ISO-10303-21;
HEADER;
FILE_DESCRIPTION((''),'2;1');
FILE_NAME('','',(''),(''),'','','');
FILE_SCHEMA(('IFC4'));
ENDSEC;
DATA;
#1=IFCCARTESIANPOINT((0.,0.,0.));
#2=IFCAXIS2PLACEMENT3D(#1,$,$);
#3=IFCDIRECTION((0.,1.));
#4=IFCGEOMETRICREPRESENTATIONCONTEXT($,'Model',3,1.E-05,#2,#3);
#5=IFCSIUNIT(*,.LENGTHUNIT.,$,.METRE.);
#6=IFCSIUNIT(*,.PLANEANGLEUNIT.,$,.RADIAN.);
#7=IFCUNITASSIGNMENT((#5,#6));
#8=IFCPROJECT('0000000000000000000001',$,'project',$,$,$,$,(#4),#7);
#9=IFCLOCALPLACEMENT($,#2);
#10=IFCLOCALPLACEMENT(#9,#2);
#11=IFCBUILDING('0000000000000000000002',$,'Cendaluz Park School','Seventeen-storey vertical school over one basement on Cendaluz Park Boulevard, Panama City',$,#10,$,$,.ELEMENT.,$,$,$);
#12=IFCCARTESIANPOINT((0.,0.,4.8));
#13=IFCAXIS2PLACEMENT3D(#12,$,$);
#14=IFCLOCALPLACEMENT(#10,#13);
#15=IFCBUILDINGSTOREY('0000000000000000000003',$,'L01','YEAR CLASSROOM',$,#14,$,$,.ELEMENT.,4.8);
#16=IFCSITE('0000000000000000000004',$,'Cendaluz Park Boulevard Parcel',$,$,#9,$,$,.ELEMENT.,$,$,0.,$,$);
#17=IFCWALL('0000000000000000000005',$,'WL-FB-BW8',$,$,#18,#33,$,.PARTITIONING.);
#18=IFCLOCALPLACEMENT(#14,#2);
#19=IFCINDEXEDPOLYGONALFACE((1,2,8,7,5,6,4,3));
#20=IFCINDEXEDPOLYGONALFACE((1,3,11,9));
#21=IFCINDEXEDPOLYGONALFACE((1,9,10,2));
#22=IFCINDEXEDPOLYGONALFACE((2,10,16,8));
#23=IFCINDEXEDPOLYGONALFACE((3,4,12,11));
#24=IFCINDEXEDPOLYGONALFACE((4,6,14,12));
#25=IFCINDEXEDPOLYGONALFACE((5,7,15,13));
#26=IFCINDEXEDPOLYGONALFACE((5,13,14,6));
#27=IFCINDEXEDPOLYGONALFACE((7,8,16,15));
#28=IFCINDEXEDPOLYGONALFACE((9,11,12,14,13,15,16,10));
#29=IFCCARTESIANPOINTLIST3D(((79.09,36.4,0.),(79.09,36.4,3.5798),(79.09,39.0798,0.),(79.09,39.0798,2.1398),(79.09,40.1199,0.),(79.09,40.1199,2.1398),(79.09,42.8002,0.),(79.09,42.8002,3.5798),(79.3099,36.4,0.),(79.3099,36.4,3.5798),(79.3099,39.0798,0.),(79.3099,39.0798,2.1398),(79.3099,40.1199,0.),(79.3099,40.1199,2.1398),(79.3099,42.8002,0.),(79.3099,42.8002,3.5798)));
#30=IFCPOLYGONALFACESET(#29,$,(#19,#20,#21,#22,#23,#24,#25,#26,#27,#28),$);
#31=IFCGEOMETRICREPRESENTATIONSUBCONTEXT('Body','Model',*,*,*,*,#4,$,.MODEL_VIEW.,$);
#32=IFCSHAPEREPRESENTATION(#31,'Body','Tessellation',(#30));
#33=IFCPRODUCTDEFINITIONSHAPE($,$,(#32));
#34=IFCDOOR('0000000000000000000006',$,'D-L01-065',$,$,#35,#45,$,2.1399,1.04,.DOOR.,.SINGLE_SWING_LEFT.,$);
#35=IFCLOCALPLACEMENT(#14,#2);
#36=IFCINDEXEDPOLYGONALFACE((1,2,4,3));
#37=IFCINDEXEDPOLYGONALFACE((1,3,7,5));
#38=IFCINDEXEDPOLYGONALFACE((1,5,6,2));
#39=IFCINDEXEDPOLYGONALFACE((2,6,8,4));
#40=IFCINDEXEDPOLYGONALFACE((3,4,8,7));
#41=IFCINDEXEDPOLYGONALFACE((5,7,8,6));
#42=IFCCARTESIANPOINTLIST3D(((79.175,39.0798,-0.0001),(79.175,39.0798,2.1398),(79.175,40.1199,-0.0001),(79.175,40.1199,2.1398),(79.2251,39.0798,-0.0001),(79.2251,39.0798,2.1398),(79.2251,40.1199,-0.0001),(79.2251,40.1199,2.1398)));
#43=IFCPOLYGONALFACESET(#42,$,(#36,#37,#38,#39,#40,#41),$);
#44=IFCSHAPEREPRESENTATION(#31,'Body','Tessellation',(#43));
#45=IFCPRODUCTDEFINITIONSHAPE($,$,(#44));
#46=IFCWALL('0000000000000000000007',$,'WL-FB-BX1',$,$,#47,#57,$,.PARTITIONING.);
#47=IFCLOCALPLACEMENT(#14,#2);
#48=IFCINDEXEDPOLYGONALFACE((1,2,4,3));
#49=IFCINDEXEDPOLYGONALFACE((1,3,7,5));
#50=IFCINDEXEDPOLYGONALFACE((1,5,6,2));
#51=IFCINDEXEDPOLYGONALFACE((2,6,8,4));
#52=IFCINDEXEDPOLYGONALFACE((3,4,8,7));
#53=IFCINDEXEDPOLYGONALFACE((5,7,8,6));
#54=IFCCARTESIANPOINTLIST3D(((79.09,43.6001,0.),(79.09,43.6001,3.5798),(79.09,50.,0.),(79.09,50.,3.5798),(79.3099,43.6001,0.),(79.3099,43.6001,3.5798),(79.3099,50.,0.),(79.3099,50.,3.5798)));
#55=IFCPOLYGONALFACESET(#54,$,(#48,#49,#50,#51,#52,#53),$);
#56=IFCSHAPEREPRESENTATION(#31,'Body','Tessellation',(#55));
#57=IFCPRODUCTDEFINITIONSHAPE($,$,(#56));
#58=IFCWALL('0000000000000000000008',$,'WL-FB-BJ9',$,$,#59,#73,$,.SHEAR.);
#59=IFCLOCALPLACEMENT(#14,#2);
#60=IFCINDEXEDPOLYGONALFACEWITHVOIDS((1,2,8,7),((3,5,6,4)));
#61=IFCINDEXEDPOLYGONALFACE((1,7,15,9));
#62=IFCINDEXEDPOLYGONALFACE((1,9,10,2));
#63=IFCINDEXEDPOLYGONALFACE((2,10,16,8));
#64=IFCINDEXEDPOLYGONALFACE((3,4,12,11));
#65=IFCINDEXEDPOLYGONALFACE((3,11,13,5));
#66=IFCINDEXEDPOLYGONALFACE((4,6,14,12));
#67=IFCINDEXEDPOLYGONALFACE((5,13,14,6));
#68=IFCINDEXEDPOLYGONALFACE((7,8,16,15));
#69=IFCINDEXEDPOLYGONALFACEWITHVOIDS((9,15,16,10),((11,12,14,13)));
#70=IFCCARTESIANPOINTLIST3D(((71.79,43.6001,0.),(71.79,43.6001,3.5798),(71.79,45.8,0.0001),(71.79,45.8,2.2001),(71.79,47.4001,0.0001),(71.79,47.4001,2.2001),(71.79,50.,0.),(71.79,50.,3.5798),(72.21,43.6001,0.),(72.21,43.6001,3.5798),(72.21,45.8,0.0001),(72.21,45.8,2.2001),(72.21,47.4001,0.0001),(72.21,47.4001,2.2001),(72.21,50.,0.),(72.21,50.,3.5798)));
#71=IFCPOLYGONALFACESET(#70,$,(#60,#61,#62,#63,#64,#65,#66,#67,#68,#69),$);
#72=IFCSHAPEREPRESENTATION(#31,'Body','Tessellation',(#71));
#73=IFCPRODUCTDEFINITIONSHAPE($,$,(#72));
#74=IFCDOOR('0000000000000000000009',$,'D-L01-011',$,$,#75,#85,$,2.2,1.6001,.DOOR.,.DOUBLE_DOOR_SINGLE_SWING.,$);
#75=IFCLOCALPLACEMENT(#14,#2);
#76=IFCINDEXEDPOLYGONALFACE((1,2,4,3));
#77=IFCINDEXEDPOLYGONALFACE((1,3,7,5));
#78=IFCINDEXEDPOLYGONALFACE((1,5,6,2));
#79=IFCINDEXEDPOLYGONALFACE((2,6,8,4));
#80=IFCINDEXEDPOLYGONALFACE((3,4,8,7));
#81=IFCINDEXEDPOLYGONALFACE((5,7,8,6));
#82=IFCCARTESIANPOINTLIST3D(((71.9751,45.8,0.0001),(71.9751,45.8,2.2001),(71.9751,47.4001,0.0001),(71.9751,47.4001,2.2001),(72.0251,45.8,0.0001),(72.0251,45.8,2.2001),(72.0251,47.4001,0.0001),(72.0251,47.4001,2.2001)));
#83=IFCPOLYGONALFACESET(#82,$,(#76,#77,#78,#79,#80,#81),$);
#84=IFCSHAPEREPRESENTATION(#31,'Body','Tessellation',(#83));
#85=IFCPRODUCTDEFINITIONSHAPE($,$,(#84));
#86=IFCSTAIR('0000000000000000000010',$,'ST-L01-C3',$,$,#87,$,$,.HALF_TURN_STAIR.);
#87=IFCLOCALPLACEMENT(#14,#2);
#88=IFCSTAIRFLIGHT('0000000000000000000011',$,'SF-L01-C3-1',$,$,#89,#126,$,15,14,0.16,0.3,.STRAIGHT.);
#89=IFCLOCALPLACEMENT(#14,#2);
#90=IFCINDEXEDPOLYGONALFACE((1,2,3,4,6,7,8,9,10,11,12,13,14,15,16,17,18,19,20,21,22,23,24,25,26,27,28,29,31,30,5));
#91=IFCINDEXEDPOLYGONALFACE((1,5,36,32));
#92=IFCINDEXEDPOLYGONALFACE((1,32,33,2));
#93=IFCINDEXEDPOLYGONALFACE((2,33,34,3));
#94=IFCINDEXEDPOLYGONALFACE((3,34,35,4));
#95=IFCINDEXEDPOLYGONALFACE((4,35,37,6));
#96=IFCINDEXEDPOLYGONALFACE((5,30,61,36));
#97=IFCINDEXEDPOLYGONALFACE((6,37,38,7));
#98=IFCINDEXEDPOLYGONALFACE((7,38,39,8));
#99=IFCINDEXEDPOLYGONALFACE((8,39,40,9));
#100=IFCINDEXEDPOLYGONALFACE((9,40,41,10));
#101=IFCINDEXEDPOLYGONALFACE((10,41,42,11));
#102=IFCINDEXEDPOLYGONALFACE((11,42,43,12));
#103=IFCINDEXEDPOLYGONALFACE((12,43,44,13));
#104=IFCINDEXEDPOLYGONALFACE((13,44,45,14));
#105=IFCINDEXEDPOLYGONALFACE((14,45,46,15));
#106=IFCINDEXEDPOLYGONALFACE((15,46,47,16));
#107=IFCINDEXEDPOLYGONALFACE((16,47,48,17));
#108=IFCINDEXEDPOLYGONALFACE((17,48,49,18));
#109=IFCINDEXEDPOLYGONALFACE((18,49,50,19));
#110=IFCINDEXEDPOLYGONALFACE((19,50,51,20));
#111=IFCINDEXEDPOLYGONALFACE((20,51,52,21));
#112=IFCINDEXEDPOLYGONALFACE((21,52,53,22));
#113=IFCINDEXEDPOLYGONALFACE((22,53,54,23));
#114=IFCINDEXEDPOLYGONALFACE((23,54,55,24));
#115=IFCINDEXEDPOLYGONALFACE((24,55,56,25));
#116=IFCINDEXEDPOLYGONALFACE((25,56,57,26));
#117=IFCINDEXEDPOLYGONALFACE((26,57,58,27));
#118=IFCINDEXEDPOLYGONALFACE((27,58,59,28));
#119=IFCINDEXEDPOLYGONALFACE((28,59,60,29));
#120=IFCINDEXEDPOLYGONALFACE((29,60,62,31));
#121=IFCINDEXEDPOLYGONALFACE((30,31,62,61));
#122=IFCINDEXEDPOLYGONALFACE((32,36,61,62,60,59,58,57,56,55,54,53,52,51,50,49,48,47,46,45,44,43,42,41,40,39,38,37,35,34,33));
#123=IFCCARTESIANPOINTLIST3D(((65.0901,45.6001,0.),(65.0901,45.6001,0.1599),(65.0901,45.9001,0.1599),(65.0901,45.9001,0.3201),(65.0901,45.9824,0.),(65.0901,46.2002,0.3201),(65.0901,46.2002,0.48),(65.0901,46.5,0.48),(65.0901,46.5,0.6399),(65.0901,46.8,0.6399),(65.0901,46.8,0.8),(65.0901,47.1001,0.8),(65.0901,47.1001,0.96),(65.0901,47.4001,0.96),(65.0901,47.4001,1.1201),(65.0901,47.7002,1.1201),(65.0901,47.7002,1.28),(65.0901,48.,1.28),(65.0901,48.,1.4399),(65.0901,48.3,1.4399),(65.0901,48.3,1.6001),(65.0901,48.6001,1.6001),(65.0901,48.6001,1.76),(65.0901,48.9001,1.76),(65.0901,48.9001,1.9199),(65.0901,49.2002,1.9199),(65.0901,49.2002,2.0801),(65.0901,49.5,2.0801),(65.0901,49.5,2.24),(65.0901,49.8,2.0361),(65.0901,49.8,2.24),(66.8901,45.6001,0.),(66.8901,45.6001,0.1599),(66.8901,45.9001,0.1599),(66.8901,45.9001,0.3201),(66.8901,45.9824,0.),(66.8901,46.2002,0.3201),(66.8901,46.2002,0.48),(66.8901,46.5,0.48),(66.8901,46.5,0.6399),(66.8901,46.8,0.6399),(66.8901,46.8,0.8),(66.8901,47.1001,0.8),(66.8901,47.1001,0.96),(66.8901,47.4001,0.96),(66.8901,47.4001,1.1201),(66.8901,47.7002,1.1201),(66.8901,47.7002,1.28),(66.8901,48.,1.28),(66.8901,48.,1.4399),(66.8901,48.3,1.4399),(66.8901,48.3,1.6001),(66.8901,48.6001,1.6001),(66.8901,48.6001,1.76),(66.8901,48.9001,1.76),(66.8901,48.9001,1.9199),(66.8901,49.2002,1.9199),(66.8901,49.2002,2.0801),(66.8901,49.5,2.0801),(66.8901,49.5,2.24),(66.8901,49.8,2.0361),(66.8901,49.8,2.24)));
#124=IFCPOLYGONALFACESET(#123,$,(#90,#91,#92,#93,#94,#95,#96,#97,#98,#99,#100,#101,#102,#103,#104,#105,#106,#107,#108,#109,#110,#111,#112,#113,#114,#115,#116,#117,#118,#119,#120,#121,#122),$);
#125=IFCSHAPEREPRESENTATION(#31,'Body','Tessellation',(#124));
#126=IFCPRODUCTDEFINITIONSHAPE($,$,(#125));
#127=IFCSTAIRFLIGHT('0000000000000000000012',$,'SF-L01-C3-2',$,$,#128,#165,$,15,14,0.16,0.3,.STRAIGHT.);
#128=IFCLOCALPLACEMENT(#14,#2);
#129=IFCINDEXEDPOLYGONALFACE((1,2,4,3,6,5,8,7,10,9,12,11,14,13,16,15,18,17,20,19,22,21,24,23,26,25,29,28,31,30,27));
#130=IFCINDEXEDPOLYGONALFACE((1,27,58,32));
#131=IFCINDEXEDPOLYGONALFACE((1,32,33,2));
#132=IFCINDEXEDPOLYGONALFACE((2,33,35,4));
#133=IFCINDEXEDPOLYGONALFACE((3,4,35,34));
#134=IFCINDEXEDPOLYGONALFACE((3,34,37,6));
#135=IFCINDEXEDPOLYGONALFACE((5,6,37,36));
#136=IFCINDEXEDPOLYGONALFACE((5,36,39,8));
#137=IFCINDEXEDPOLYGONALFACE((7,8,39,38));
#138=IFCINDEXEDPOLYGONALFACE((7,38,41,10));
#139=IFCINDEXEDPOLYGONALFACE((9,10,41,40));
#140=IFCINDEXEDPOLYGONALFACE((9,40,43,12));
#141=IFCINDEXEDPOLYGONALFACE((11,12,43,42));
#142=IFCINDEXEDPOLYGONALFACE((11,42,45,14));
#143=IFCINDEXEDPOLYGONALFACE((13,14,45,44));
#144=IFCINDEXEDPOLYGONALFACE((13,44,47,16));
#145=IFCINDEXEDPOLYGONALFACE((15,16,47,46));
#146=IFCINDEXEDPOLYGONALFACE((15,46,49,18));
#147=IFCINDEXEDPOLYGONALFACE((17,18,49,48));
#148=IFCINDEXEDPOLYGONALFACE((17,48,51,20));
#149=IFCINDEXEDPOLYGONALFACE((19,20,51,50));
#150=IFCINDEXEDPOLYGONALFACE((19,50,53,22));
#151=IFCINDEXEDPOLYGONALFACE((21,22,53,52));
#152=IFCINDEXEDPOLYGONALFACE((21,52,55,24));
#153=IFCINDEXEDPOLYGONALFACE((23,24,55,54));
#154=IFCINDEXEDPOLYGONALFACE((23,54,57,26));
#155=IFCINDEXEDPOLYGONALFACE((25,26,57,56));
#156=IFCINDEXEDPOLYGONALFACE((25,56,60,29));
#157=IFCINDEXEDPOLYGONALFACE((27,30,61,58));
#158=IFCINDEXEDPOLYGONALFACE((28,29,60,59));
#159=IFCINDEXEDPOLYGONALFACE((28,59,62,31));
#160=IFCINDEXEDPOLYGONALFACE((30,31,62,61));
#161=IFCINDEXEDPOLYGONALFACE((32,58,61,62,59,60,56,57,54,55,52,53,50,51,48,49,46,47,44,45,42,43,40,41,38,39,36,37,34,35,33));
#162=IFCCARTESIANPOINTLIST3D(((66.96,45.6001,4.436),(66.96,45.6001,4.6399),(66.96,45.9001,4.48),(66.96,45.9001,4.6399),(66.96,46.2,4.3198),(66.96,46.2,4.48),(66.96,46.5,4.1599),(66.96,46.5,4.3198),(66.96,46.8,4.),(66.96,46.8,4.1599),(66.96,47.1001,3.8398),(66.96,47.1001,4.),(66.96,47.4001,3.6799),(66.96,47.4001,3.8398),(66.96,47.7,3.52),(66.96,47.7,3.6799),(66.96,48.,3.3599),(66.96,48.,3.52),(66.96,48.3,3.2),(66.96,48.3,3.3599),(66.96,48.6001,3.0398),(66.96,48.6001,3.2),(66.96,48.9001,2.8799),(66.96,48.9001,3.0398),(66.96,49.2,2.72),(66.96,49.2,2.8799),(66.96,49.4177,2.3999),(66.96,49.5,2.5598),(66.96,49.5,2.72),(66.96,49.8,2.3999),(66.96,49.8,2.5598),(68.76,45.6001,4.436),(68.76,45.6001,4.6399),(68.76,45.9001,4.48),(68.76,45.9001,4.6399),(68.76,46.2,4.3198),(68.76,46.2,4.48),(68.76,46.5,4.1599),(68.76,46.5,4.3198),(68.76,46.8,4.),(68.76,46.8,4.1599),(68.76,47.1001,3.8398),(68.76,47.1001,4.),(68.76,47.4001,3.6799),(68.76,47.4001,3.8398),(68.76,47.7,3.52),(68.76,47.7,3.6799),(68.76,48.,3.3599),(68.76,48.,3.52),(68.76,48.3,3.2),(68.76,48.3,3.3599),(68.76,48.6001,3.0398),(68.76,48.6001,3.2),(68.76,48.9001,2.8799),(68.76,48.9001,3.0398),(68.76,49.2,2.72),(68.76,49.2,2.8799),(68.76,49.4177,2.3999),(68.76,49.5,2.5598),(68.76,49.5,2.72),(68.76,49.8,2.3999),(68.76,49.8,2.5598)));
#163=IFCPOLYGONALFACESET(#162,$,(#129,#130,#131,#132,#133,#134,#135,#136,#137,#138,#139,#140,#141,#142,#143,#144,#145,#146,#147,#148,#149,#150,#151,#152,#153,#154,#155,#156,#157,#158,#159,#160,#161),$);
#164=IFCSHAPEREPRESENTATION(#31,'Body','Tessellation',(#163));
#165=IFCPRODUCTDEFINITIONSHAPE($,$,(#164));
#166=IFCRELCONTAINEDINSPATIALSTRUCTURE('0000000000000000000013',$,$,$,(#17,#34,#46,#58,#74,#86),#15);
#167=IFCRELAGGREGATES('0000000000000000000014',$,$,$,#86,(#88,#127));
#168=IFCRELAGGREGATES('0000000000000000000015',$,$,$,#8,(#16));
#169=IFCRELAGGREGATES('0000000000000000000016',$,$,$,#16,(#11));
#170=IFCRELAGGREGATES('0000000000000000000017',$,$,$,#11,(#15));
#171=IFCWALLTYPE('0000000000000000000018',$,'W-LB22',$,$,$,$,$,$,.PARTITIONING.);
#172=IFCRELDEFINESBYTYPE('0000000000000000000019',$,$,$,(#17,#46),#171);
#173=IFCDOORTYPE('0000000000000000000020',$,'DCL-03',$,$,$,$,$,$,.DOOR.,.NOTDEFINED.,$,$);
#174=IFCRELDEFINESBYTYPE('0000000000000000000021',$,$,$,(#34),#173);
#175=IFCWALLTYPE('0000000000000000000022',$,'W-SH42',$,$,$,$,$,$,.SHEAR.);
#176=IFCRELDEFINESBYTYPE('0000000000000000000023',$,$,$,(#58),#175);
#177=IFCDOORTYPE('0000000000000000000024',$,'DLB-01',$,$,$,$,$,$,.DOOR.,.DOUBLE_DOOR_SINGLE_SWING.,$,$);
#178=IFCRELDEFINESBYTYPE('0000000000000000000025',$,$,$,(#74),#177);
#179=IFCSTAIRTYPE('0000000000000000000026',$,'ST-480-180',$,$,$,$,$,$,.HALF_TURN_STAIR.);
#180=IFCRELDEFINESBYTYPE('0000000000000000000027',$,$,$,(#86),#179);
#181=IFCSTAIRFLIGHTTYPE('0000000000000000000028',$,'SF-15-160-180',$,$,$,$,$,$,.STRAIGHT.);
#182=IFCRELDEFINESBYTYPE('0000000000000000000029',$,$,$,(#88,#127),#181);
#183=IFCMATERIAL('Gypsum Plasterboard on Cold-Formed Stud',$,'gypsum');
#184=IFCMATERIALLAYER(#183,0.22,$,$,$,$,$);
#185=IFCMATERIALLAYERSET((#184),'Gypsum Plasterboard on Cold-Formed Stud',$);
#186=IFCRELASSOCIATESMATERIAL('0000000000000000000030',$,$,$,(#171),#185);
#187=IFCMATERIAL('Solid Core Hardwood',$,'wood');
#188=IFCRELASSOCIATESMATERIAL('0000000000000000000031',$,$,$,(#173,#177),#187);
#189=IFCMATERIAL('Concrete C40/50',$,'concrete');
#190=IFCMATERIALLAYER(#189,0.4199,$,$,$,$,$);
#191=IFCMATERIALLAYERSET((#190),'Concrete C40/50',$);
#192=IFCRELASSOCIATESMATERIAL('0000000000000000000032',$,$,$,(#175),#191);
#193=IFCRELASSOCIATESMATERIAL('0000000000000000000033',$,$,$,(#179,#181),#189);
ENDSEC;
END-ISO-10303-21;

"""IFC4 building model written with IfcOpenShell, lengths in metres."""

from ifc_helpers import new_model, si_unit, direction, frame, frame_2d, origin, place, context, subcontext, project, spatial, polyline, rectangle, outline, extrude, material, layer, layer_set, type_object, element, fill, aggregate, save


model = new_model("IFC4")

# Units and contexts
model_context = context("Model", 3, precision=1e-05, world=origin(), true_north=direction((0.0, 1.0)))
body_context = subcontext(model_context, "Body", "Model", "MODEL_VIEW")
ifc_project = project(units=[si_unit("LENGTHUNIT", "METRE"), si_unit("PLANEANGLEUNIT", "RADIAN")], contexts=[model_context])

# Site, building, storey
site_placement = place(None, origin())
site = spatial("IfcSite", under=ifc_project, at=site_placement, Name="Cendaluz Park Boulevard Parcel", CompositionType="ELEMENT", RefElevation=0.0)
building_placement = place(site_placement, origin())
building = spatial("IfcBuilding", under=site, at=building_placement, Name="Cendaluz Park School", Description="Seventeen-storey vertical school over one basement on Cendaluz Park Boulevard, Panama City", CompositionType="ELEMENT")
storey_placement = place(building_placement, frame((0.0, 0.0, 4.8)))
storey = spatial("IfcBuildingStorey", under=building, at=storey_placement, Name="L01", Description="YEAR CLASSROOM", CompositionType="ELEMENT", Elevation=4.8)

# Shared definitions
ifc_material_1 = material(Name="Concrete C40/50", Category="concrete")

# Shared definitions
ifc_material_2 = material(Name="Gypsum Plasterboard on Cold-Formed Stud", Category="gypsum")
ifc_material_3 = material(Name="Solid Core Hardwood", Category="wood")

# Shared definitions
ifc_layer_1 = layer(ifc_material_2, 0.22)
ifc_layer_set_1 = layer_set([ifc_layer_1], Name="Gypsum Plasterboard on Cold-Formed Stud")
wall_type_1 = type_object("IfcWallType", Name="W-LB22", PredefinedType="PARTITIONING", material=ifc_layer_set_1)

# Wall, opening, door
wall_1_placement = place(storey_placement, frame((79.2, 36.3999, 0.0), z_axis=(0.0, 0.0, 1.0), x_axis=(0.0, 1.0, 0.0)))
wall_1 = element("IfcWall", 1, at=wall_1_placement, inside=storey, type_object=wall_type_1, Name="WL-FB-BW8", PredefinedType="PARTITIONING", context=body_context, shape_type="SweptSolid", body=[
    extrude(rectangle(XDim=6.4001, YDim=0.22, at=frame_2d((3.2002, 0.0))), origin(), (0.0, 0.0, 1.0), 3.5798),
])
opening_1_placement = place(wall_1_placement, frame((2.6799, 0.0, 0.0)))
opening_1 = element("IfcOpeningElement", 2, at=opening_1_placement, cuts=wall_1, PredefinedType="OPENING", context=body_context, shape_type="SweptSolid", body=[
    extrude(rectangle(XDim=1.04, YDim=2.1399, at=frame_2d((0.52, 1.0698))), frame((0.0, 0.1221, 0.0), z_axis=(0.0, -1.0, 0.0), x_axis=(1.0, 0.0, 0.0)), (0.0, 0.0, 1.0), 0.2439),
])
door_type_1 = type_object("IfcDoorType", Name="DCL-03", OperationType="NOTDEFINED", PredefinedType="DOOR", material=ifc_material_3)
door_1_placement = place(opening_1_placement, origin())
door_1 = element("IfcDoor", 3, at=door_1_placement, inside=storey, type_object=door_type_1, Name="D-L01-065", OperationType="SINGLE_SWING_LEFT", OverallHeight=2.1399, OverallWidth=1.04, PredefinedType="DOOR", context=body_context, shape_type="SweptSolid", body=[
    extrude(rectangle(XDim=1.04, YDim=2.1399, at=frame_2d((0.52, 1.0698))), frame((0.0, 0.0249, 0.0), z_axis=(0.0, -1.0, 0.0), x_axis=(1.0, 0.0, 0.0)), (0.0, 0.0, 1.0), 0.05),
])
fill(opening_1, door_1)

# Wall
wall_2_placement = place(storey_placement, frame((79.2, 43.6001, 0.0), z_axis=(0.0, 0.0, 1.0), x_axis=(0.0, 1.0, 0.0)))
element("IfcWall", 4, at=wall_2_placement, inside=storey, type_object=wall_type_1, Name="WL-FB-BX1", PredefinedType="PARTITIONING", context=body_context, shape_type="SweptSolid", body=[
    extrude(rectangle(XDim=6.3999, YDim=0.22, at=frame_2d((3.2, 0.0))), origin(), (0.0, 0.0, 1.0), 3.5798),
])

# Wall, opening, door
ifc_layer_2 = layer(ifc_material_1, 0.4199)
ifc_layer_set_2 = layer_set([ifc_layer_2], Name="Concrete C40/50")
wall_type_2 = type_object("IfcWallType", Name="W-SH42", PredefinedType="SHEAR", material=ifc_layer_set_2)
wall_3_placement = place(storey_placement, frame((72.0, 43.6001, 0.0), z_axis=(0.0, 0.0, 1.0), x_axis=(0.0, 1.0, 0.0)))
wall_3 = element("IfcWall", 5, at=wall_3_placement, inside=storey, type_object=wall_type_2, Name="WL-FB-BJ9", PredefinedType="SHEAR", context=body_context, shape_type="SweptSolid", body=[
    extrude(rectangle(XDim=6.3999, YDim=0.4199, at=frame_2d((3.2, 0.0))), origin(), (0.0, 0.0, 1.0), 3.5798),
])
opening_2_placement = place(wall_3_placement, frame((2.2, 0.0, 0.0)))
opening_2 = element("IfcOpeningElement", 6, at=opening_2_placement, cuts=wall_3, PredefinedType="OPENING", context=body_context, shape_type="SweptSolid", body=[
    extrude(rectangle(XDim=1.6001, YDim=2.2, at=frame_2d((0.8, 1.1001))), frame((0.0, 0.2219, 0.0), z_axis=(0.0, -1.0, 0.0), x_axis=(1.0, 0.0, 0.0)), (0.0, 0.0, 1.0), 0.4438),
])
door_type_2 = type_object("IfcDoorType", Name="DLB-01", OperationType="DOUBLE_DOOR_SINGLE_SWING", PredefinedType="DOOR", material=ifc_material_3)
door_2_placement = place(opening_2_placement, origin())
door_2 = element("IfcDoor", 7, at=door_2_placement, inside=storey, type_object=door_type_2, Name="D-L01-011", OperationType="DOUBLE_DOOR_SINGLE_SWING", OverallHeight=2.2, OverallWidth=1.6001, PredefinedType="DOOR", context=body_context, shape_type="SweptSolid", body=[
    extrude(rectangle(XDim=1.6001, YDim=2.2, at=frame_2d((0.8, 1.1001))), frame((0.0, 0.0249, 0.0), z_axis=(0.0, -1.0, 0.0), x_axis=(1.0, 0.0, 0.0)), (0.0, 0.0, 1.0), 0.05),
])
fill(opening_2, door_2)

# Stair, stair flights
stair_type = type_object("IfcStairType", Name="ST-480-180", PredefinedType="HALF_TURN_STAIR", material=ifc_material_1)
stair_placement = place(storey_placement, origin())
stair = element("IfcStair", 8, at=stair_placement, inside=storey, type_object=stair_type, Name="ST-L01-C3", PredefinedType="HALF_TURN_STAIR")
stair_flight_type = type_object("IfcStairFlightType", Name="SF-15-160-180", PredefinedType="STRAIGHT", material=ifc_material_1)
stair_flight_1_placement = place(storey_placement, frame((65.99, 45.6001, 0.0), z_axis=(0.0, 0.0, 1.0), x_axis=(0.0, 1.0, 0.0)))
stair_flight_1 = element("IfcStairFlight", 9, at=stair_flight_1_placement, type_object=stair_flight_type, Name="SF-L01-C3-1", NumberOfRisers=15, NumberOfTreads=14, PredefinedType="STRAIGHT", RiserHeight=0.16, TreadLength=0.3, context=body_context, shape_type="SweptSolid", body=[
    extrude(outline(polyline([(0.0, 0.0), (0.0, 0.1599), (0.3, 0.1599), (0.3, 0.3201), (0.6001, 0.3201), (0.6001, 0.48), (0.8999, 0.48), (0.8999, 0.6399), (1.2, 0.6399), (1.2, 0.8), (1.5, 0.8), (1.5, 0.96), (1.8, 0.96), (1.8, 1.1201), (2.1001, 1.1201), (2.1001, 1.28), (2.3999, 1.28), (2.3999, 1.4399), (2.7, 1.4399), (2.7, 1.6001), (3.0, 1.6001), (3.0, 1.76), (3.3, 1.76), (3.3, 1.9199), (3.6001, 1.9199), (3.6001, 2.0801), (3.8999, 2.0801), (3.8999, 2.24), (4.2, 2.24), (4.2, 2.3999), (4.2, 2.0361), (0.3823, 0.0), (0.0, 0.0)])), frame((0.0, 0.8999, 0.0), z_axis=(0.0, -1.0, 0.0), x_axis=(1.0, 0.0, 0.0)), (0.0, 0.0, 1.0), 1.8),
])
stair_flight_2_placement = place(storey_placement, frame((67.8601, 49.8, 2.3999), z_axis=(0.0, 0.0, 1.0), x_axis=(0.0, -1.0, 0.0)))
stair_flight_2 = element("IfcStairFlight", 10, at=stair_flight_2_placement, type_object=stair_flight_type, Name="SF-L01-C3-2", NumberOfRisers=15, NumberOfTreads=14, PredefinedType="STRAIGHT", RiserHeight=0.16, TreadLength=0.3, context=body_context, shape_type="SweptSolid", body=[
    extrude(outline(polyline([(0.0, 0.0), (0.0, 0.1599), (0.3, 0.1599), (0.3, 0.3201), (0.6001, 0.3201), (0.6001, 0.48), (0.8999, 0.48), (0.8999, 0.6399), (1.2, 0.6399), (1.2, 0.8), (1.5, 0.8), (1.5, 0.96), (1.8, 0.96), (1.8, 1.1201), (2.1001, 1.1201), (2.1001, 1.28), (2.3999, 1.28), (2.3999, 1.4399), (2.7, 1.4399), (2.7, 1.6001), (3.0, 1.6001), (3.0, 1.76), (3.3, 1.76), (3.3, 1.9199), (3.6001, 1.9199), (3.6001, 2.0801), (3.8999, 2.0801), (3.8999, 2.24), (4.2, 2.24), (4.2, 2.3999), (4.2, 2.0361), (0.3823, 0.0), (0.0, 0.0)])), frame((0.0, 0.8999, 0.0), z_axis=(0.0, -1.0, 0.0), x_axis=(1.0, 0.0, 0.0)), (0.0, 0.0, 1.0), 1.8),
])
aggregate(stair, [stair_flight_1, stair_flight_2])

save(model, "model.ifc")
